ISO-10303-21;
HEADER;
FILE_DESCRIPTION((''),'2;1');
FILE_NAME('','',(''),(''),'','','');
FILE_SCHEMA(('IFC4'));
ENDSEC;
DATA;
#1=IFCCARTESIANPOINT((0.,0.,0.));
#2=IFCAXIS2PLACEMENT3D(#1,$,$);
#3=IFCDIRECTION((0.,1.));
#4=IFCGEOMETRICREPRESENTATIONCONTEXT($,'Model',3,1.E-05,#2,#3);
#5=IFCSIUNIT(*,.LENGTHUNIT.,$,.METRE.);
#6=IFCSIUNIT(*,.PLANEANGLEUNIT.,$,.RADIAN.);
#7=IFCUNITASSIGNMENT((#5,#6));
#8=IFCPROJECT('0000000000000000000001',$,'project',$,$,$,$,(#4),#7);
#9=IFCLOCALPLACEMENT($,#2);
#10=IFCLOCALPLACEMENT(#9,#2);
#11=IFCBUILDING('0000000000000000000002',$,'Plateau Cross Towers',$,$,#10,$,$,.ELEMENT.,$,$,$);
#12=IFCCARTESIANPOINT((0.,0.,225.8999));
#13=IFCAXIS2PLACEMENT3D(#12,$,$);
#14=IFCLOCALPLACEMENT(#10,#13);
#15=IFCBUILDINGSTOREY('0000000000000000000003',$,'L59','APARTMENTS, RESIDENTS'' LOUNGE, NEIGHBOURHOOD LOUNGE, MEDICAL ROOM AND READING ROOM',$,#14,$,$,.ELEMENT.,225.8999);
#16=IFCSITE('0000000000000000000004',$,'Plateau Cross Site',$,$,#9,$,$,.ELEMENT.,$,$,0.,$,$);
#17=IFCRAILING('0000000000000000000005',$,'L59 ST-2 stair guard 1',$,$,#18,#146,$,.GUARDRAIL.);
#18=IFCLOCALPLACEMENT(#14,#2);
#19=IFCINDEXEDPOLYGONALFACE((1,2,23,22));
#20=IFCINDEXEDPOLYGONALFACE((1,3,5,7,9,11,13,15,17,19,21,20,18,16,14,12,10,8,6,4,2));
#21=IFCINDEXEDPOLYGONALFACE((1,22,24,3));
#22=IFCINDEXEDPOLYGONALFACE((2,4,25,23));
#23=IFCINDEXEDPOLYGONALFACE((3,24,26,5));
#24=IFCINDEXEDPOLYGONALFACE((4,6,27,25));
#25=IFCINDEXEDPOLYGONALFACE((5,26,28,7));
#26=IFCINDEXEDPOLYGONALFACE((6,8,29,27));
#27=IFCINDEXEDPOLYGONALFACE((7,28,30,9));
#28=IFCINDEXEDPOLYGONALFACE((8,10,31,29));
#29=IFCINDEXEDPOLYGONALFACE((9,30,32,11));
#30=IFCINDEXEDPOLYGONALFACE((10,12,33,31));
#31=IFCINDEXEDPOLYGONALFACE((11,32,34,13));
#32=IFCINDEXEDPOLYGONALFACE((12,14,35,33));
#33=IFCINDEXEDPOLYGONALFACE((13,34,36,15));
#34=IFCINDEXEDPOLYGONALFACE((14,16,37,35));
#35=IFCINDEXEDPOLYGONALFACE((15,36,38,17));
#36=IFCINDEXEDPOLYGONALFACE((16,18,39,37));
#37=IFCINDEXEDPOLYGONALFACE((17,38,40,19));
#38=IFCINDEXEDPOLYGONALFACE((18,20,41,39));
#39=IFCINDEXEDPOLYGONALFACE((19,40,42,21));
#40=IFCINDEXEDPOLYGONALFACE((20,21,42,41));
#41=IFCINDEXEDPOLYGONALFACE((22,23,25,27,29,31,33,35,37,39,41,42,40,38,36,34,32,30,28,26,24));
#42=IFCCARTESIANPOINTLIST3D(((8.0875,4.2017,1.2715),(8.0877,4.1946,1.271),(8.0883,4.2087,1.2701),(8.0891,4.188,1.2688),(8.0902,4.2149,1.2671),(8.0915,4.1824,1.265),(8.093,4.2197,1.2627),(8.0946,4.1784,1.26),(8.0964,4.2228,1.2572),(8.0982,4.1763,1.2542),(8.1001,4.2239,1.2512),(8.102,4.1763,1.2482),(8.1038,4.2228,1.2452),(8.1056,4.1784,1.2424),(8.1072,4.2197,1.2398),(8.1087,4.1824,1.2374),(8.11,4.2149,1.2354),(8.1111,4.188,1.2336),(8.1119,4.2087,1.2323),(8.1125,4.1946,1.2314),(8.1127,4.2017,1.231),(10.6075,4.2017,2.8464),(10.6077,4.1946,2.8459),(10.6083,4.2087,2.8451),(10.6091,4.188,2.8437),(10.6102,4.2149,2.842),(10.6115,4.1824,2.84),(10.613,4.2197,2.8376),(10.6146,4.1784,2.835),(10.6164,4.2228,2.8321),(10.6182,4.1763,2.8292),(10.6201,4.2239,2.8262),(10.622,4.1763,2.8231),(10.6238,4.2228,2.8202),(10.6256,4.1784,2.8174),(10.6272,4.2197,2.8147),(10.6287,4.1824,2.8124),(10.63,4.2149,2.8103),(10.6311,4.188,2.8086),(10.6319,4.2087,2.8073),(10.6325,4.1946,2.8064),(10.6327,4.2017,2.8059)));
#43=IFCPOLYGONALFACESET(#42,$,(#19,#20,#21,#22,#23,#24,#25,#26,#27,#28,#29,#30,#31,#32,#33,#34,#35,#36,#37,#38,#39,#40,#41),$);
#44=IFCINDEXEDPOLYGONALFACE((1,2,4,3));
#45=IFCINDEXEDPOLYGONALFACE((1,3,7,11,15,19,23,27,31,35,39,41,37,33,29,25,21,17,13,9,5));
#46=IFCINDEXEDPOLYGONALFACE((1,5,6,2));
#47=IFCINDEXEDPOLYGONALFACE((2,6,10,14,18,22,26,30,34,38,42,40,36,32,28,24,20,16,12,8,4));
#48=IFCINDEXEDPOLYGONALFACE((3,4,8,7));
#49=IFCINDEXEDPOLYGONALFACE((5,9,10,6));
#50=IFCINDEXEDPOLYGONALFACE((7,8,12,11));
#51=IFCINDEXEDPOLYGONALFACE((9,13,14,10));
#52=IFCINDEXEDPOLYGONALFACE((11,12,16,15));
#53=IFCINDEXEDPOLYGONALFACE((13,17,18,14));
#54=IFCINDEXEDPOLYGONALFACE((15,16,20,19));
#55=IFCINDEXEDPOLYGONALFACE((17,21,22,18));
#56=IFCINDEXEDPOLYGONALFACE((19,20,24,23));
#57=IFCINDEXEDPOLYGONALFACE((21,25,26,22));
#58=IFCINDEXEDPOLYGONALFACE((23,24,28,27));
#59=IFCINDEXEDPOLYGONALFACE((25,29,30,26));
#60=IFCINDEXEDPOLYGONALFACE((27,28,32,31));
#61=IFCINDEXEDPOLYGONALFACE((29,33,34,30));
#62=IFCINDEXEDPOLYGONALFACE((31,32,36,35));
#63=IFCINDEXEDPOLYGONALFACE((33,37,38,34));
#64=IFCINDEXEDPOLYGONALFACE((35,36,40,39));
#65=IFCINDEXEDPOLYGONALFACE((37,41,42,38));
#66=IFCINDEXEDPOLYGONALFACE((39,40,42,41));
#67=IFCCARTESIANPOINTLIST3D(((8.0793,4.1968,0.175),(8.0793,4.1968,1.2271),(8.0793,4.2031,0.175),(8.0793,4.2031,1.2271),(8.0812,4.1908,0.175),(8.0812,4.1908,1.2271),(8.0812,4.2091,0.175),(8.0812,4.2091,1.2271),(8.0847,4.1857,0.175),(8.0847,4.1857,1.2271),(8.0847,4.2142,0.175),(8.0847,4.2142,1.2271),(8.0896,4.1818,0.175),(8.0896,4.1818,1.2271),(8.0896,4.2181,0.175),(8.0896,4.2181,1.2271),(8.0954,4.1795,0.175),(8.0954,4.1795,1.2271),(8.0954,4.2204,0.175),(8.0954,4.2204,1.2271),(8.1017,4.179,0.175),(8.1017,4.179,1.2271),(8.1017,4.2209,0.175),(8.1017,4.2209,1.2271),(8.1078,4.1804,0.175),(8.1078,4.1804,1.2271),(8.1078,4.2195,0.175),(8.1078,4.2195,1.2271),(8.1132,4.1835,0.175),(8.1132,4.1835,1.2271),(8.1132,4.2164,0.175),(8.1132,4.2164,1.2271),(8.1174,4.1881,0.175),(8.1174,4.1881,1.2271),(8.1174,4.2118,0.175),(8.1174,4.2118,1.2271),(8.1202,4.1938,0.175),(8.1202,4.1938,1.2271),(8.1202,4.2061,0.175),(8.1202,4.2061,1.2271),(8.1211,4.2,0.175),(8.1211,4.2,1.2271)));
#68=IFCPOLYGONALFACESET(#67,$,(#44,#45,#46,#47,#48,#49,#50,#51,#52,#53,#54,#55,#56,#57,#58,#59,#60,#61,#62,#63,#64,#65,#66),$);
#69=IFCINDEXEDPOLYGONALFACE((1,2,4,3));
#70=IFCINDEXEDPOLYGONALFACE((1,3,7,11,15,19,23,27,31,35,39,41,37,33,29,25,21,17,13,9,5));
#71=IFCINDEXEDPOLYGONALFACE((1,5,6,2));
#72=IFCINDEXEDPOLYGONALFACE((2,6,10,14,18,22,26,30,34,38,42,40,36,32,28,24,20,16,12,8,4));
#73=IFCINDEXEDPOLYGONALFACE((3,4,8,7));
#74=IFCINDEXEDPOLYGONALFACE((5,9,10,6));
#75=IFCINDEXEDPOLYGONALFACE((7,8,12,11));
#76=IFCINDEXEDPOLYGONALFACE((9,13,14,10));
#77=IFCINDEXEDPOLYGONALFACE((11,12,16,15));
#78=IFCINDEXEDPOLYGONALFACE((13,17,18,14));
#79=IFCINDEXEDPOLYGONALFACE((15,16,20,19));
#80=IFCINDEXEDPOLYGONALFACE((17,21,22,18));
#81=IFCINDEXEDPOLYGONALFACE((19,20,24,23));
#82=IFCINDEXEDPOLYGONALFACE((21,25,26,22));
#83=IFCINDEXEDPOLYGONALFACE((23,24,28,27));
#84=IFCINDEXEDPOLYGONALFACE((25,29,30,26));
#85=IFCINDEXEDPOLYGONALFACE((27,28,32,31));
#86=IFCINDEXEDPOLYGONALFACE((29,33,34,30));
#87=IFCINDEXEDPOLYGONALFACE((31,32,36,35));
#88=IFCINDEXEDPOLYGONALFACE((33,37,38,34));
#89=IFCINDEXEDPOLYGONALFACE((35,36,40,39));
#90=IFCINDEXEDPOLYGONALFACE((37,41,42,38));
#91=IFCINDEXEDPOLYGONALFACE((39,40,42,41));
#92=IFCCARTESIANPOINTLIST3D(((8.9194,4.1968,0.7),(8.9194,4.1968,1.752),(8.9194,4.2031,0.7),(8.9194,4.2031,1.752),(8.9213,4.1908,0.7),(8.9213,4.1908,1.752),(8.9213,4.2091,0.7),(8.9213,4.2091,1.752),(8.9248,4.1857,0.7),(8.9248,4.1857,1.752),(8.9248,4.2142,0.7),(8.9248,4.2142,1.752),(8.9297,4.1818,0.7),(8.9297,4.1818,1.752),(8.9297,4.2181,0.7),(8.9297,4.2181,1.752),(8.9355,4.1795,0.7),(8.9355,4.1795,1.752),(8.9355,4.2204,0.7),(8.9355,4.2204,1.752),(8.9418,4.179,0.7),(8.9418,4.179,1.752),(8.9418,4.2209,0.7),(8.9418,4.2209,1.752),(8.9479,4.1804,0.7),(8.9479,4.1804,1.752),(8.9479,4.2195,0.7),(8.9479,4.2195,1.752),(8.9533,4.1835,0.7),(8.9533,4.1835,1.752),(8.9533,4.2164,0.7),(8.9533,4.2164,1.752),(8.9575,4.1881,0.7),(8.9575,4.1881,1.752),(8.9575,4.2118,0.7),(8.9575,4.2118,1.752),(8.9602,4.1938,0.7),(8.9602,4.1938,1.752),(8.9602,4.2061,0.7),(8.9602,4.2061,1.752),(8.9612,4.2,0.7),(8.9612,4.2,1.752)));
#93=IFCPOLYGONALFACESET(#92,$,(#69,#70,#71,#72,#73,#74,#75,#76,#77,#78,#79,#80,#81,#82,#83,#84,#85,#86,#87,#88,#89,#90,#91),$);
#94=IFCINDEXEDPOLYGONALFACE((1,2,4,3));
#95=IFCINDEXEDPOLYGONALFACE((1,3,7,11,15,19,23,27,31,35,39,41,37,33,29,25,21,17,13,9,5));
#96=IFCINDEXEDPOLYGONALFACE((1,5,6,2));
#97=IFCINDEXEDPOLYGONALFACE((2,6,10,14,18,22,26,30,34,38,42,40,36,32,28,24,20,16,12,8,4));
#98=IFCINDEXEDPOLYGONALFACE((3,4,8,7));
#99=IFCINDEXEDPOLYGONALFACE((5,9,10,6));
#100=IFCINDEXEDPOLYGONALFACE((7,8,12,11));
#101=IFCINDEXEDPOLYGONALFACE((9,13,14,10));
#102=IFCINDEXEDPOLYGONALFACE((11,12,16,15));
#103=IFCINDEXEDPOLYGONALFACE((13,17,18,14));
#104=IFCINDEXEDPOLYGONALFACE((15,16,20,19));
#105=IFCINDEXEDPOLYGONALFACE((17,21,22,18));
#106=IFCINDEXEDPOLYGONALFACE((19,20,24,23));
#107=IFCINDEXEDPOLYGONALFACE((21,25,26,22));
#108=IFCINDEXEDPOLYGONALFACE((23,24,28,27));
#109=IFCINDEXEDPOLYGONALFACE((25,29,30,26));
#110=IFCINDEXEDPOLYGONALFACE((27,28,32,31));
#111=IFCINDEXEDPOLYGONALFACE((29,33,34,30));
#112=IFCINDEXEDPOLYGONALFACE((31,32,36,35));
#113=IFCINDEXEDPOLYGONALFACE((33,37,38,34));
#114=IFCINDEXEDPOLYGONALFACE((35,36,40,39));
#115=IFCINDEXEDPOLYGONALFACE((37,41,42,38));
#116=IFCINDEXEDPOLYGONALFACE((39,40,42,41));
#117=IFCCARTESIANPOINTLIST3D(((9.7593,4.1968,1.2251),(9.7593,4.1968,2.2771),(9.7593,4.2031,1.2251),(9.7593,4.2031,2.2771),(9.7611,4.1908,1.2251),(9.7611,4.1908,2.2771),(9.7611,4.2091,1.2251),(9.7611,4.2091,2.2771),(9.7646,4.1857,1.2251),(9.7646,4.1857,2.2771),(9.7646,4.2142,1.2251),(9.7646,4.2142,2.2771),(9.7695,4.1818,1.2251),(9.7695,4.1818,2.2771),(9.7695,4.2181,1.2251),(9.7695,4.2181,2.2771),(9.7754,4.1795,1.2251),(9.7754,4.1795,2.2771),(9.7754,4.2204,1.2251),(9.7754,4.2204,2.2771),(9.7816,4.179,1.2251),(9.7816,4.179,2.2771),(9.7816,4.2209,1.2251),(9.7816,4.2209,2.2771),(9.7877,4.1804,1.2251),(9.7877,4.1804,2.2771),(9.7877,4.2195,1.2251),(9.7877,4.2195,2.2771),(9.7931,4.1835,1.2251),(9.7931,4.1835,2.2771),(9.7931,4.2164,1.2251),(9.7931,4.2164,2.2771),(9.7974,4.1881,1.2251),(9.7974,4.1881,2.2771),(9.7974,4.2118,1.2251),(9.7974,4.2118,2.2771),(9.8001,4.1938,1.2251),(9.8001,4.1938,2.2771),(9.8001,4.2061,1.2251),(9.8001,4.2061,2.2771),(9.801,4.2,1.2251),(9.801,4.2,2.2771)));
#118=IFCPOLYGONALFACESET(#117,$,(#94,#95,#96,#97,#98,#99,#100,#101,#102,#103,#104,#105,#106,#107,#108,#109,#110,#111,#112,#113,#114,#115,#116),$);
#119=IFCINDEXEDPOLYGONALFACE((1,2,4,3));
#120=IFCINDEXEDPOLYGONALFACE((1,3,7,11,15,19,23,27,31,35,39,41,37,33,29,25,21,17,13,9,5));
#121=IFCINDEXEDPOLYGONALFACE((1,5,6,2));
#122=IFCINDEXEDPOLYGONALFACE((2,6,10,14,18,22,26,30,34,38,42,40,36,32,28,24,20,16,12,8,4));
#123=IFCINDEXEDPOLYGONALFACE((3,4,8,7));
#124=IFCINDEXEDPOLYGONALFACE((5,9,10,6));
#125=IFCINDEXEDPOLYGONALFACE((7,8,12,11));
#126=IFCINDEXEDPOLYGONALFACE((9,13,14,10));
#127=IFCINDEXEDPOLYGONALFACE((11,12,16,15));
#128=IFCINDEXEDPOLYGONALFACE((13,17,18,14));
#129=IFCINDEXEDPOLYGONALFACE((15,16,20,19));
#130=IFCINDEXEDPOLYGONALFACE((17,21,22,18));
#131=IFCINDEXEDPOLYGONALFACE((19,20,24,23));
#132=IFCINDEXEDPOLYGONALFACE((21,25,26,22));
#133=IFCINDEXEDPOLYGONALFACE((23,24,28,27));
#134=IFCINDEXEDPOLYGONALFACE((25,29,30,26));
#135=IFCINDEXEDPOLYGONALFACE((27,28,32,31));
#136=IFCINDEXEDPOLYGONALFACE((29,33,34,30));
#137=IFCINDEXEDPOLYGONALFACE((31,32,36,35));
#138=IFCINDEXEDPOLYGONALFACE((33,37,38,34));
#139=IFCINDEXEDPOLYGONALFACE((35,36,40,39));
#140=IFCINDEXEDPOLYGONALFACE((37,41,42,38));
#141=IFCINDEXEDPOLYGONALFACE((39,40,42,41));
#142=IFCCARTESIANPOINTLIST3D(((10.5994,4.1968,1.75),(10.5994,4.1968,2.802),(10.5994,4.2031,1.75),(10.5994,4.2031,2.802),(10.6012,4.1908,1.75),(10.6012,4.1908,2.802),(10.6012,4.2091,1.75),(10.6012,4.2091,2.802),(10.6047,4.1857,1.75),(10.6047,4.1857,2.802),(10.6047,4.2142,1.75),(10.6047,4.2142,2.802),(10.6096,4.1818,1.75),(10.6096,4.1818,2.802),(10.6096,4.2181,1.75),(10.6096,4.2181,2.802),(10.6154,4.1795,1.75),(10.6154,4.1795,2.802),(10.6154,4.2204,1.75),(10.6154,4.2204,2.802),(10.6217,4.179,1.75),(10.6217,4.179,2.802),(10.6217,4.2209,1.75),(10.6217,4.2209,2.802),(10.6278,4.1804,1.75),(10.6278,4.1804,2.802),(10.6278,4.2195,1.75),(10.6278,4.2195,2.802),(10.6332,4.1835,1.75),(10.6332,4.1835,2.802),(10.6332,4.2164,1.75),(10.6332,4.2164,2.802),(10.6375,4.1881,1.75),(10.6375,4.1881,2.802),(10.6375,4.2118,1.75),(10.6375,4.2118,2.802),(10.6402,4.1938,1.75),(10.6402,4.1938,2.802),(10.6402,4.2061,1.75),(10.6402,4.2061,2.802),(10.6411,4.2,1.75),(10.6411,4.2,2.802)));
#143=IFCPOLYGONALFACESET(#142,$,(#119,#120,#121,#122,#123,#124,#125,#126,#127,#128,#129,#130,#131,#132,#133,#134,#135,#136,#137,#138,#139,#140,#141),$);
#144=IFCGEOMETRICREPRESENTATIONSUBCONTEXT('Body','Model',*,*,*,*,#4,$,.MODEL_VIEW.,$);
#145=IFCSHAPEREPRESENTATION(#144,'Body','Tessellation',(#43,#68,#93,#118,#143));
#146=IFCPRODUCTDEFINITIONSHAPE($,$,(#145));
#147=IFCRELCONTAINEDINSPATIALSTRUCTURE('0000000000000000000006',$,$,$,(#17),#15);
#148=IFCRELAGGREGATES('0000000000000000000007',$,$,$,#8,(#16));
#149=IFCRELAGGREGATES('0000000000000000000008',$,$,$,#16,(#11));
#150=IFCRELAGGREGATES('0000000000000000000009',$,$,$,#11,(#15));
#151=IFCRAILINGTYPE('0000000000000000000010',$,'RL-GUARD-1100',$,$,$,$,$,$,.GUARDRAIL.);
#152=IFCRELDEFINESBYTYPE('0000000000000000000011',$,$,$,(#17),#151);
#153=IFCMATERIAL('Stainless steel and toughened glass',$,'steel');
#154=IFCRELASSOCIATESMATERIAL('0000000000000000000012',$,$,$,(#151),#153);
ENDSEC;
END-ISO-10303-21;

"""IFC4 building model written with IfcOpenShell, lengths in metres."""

from ifc_helpers import new_model, si_unit, direction, frame, origin, origin_2d, place, context, subcontext, project, spatial, circle, extrude, material, type_object, element, save


model = new_model("IFC4")

# Units and contexts
model_context = context("Model", 3, precision=1e-05, world=origin(), true_north=direction((0.0, 1.0)))
body_context = subcontext(model_context, "Body", "Model", "MODEL_VIEW")
ifc_project = project(units=[si_unit("LENGTHUNIT", "METRE"), si_unit("PLANEANGLEUNIT", "RADIAN")], contexts=[model_context])

# Site, building, storey
site_placement = place(None, origin())
site = spatial("IfcSite", under=ifc_project, at=site_placement, Name="Plateau Cross Site", CompositionType="ELEMENT", RefElevation=0.0)
building_placement = place(site_placement, origin())
building = spatial("IfcBuilding", under=site, at=building_placement, Name="Plateau Cross Towers", CompositionType="ELEMENT")
storey_placement = place(building_placement, frame((0.0, 0.0, 225.8999)))
storey = spatial("IfcBuildingStorey", under=building, at=storey_placement, Name="L59", Description="APARTMENTS, RESIDENTS' LOUNGE, NEIGHBOURHOOD LOUNGE, MEDICAL ROOM AND READING ROOM", CompositionType="ELEMENT", Elevation=225.8999)

# Railing
ifc_material_1 = material(Name="Stainless steel and toughened glass", Category="steel")
railing_type_1 = type_object("IfcRailingType", Name="RL-GUARD-1100", PredefinedType="GUARDRAIL", material=ifc_material_1)
railing_1_placement = place(storey_placement, frame((8.1001, 4.2, 0.175)))
element("IfcRailing", 1, at=railing_1_placement, inside=storey, type_object=railing_type_1, Name="L59 ST-2 stair guard 1", PredefinedType="GUARDRAIL", context=body_context, shape_type="SweptSolid", body=[
    extrude(circle(Radius=0.0239, at=origin_2d()), frame((0.0, 0.0, 1.0762), z_axis=(0.848008, 0.0, 0.529984), x_axis=(0.0, 1.0, 0.0)), (0.0, 0.0, 1.0), 2.9717),
    extrude(circle(Radius=0.021, at=origin_2d()), origin(), (0.0, 0.0, 1.0), 1.052),
    extrude(circle(Radius=0.021, at=origin_2d()), frame((0.8401, 0.0, 0.5249)), (0.0, 0.0, 1.0), 1.052),
    extrude(circle(Radius=0.021, at=origin_2d()), frame((1.6799, 0.0, 1.05)), (0.0, 0.0, 1.0), 1.052),
    extrude(circle(Radius=0.021, at=origin_2d()), frame((2.52, 0.0, 1.575)), (0.0, 0.0, 1.0), 1.052),
])

save(model, "model.ifc")
